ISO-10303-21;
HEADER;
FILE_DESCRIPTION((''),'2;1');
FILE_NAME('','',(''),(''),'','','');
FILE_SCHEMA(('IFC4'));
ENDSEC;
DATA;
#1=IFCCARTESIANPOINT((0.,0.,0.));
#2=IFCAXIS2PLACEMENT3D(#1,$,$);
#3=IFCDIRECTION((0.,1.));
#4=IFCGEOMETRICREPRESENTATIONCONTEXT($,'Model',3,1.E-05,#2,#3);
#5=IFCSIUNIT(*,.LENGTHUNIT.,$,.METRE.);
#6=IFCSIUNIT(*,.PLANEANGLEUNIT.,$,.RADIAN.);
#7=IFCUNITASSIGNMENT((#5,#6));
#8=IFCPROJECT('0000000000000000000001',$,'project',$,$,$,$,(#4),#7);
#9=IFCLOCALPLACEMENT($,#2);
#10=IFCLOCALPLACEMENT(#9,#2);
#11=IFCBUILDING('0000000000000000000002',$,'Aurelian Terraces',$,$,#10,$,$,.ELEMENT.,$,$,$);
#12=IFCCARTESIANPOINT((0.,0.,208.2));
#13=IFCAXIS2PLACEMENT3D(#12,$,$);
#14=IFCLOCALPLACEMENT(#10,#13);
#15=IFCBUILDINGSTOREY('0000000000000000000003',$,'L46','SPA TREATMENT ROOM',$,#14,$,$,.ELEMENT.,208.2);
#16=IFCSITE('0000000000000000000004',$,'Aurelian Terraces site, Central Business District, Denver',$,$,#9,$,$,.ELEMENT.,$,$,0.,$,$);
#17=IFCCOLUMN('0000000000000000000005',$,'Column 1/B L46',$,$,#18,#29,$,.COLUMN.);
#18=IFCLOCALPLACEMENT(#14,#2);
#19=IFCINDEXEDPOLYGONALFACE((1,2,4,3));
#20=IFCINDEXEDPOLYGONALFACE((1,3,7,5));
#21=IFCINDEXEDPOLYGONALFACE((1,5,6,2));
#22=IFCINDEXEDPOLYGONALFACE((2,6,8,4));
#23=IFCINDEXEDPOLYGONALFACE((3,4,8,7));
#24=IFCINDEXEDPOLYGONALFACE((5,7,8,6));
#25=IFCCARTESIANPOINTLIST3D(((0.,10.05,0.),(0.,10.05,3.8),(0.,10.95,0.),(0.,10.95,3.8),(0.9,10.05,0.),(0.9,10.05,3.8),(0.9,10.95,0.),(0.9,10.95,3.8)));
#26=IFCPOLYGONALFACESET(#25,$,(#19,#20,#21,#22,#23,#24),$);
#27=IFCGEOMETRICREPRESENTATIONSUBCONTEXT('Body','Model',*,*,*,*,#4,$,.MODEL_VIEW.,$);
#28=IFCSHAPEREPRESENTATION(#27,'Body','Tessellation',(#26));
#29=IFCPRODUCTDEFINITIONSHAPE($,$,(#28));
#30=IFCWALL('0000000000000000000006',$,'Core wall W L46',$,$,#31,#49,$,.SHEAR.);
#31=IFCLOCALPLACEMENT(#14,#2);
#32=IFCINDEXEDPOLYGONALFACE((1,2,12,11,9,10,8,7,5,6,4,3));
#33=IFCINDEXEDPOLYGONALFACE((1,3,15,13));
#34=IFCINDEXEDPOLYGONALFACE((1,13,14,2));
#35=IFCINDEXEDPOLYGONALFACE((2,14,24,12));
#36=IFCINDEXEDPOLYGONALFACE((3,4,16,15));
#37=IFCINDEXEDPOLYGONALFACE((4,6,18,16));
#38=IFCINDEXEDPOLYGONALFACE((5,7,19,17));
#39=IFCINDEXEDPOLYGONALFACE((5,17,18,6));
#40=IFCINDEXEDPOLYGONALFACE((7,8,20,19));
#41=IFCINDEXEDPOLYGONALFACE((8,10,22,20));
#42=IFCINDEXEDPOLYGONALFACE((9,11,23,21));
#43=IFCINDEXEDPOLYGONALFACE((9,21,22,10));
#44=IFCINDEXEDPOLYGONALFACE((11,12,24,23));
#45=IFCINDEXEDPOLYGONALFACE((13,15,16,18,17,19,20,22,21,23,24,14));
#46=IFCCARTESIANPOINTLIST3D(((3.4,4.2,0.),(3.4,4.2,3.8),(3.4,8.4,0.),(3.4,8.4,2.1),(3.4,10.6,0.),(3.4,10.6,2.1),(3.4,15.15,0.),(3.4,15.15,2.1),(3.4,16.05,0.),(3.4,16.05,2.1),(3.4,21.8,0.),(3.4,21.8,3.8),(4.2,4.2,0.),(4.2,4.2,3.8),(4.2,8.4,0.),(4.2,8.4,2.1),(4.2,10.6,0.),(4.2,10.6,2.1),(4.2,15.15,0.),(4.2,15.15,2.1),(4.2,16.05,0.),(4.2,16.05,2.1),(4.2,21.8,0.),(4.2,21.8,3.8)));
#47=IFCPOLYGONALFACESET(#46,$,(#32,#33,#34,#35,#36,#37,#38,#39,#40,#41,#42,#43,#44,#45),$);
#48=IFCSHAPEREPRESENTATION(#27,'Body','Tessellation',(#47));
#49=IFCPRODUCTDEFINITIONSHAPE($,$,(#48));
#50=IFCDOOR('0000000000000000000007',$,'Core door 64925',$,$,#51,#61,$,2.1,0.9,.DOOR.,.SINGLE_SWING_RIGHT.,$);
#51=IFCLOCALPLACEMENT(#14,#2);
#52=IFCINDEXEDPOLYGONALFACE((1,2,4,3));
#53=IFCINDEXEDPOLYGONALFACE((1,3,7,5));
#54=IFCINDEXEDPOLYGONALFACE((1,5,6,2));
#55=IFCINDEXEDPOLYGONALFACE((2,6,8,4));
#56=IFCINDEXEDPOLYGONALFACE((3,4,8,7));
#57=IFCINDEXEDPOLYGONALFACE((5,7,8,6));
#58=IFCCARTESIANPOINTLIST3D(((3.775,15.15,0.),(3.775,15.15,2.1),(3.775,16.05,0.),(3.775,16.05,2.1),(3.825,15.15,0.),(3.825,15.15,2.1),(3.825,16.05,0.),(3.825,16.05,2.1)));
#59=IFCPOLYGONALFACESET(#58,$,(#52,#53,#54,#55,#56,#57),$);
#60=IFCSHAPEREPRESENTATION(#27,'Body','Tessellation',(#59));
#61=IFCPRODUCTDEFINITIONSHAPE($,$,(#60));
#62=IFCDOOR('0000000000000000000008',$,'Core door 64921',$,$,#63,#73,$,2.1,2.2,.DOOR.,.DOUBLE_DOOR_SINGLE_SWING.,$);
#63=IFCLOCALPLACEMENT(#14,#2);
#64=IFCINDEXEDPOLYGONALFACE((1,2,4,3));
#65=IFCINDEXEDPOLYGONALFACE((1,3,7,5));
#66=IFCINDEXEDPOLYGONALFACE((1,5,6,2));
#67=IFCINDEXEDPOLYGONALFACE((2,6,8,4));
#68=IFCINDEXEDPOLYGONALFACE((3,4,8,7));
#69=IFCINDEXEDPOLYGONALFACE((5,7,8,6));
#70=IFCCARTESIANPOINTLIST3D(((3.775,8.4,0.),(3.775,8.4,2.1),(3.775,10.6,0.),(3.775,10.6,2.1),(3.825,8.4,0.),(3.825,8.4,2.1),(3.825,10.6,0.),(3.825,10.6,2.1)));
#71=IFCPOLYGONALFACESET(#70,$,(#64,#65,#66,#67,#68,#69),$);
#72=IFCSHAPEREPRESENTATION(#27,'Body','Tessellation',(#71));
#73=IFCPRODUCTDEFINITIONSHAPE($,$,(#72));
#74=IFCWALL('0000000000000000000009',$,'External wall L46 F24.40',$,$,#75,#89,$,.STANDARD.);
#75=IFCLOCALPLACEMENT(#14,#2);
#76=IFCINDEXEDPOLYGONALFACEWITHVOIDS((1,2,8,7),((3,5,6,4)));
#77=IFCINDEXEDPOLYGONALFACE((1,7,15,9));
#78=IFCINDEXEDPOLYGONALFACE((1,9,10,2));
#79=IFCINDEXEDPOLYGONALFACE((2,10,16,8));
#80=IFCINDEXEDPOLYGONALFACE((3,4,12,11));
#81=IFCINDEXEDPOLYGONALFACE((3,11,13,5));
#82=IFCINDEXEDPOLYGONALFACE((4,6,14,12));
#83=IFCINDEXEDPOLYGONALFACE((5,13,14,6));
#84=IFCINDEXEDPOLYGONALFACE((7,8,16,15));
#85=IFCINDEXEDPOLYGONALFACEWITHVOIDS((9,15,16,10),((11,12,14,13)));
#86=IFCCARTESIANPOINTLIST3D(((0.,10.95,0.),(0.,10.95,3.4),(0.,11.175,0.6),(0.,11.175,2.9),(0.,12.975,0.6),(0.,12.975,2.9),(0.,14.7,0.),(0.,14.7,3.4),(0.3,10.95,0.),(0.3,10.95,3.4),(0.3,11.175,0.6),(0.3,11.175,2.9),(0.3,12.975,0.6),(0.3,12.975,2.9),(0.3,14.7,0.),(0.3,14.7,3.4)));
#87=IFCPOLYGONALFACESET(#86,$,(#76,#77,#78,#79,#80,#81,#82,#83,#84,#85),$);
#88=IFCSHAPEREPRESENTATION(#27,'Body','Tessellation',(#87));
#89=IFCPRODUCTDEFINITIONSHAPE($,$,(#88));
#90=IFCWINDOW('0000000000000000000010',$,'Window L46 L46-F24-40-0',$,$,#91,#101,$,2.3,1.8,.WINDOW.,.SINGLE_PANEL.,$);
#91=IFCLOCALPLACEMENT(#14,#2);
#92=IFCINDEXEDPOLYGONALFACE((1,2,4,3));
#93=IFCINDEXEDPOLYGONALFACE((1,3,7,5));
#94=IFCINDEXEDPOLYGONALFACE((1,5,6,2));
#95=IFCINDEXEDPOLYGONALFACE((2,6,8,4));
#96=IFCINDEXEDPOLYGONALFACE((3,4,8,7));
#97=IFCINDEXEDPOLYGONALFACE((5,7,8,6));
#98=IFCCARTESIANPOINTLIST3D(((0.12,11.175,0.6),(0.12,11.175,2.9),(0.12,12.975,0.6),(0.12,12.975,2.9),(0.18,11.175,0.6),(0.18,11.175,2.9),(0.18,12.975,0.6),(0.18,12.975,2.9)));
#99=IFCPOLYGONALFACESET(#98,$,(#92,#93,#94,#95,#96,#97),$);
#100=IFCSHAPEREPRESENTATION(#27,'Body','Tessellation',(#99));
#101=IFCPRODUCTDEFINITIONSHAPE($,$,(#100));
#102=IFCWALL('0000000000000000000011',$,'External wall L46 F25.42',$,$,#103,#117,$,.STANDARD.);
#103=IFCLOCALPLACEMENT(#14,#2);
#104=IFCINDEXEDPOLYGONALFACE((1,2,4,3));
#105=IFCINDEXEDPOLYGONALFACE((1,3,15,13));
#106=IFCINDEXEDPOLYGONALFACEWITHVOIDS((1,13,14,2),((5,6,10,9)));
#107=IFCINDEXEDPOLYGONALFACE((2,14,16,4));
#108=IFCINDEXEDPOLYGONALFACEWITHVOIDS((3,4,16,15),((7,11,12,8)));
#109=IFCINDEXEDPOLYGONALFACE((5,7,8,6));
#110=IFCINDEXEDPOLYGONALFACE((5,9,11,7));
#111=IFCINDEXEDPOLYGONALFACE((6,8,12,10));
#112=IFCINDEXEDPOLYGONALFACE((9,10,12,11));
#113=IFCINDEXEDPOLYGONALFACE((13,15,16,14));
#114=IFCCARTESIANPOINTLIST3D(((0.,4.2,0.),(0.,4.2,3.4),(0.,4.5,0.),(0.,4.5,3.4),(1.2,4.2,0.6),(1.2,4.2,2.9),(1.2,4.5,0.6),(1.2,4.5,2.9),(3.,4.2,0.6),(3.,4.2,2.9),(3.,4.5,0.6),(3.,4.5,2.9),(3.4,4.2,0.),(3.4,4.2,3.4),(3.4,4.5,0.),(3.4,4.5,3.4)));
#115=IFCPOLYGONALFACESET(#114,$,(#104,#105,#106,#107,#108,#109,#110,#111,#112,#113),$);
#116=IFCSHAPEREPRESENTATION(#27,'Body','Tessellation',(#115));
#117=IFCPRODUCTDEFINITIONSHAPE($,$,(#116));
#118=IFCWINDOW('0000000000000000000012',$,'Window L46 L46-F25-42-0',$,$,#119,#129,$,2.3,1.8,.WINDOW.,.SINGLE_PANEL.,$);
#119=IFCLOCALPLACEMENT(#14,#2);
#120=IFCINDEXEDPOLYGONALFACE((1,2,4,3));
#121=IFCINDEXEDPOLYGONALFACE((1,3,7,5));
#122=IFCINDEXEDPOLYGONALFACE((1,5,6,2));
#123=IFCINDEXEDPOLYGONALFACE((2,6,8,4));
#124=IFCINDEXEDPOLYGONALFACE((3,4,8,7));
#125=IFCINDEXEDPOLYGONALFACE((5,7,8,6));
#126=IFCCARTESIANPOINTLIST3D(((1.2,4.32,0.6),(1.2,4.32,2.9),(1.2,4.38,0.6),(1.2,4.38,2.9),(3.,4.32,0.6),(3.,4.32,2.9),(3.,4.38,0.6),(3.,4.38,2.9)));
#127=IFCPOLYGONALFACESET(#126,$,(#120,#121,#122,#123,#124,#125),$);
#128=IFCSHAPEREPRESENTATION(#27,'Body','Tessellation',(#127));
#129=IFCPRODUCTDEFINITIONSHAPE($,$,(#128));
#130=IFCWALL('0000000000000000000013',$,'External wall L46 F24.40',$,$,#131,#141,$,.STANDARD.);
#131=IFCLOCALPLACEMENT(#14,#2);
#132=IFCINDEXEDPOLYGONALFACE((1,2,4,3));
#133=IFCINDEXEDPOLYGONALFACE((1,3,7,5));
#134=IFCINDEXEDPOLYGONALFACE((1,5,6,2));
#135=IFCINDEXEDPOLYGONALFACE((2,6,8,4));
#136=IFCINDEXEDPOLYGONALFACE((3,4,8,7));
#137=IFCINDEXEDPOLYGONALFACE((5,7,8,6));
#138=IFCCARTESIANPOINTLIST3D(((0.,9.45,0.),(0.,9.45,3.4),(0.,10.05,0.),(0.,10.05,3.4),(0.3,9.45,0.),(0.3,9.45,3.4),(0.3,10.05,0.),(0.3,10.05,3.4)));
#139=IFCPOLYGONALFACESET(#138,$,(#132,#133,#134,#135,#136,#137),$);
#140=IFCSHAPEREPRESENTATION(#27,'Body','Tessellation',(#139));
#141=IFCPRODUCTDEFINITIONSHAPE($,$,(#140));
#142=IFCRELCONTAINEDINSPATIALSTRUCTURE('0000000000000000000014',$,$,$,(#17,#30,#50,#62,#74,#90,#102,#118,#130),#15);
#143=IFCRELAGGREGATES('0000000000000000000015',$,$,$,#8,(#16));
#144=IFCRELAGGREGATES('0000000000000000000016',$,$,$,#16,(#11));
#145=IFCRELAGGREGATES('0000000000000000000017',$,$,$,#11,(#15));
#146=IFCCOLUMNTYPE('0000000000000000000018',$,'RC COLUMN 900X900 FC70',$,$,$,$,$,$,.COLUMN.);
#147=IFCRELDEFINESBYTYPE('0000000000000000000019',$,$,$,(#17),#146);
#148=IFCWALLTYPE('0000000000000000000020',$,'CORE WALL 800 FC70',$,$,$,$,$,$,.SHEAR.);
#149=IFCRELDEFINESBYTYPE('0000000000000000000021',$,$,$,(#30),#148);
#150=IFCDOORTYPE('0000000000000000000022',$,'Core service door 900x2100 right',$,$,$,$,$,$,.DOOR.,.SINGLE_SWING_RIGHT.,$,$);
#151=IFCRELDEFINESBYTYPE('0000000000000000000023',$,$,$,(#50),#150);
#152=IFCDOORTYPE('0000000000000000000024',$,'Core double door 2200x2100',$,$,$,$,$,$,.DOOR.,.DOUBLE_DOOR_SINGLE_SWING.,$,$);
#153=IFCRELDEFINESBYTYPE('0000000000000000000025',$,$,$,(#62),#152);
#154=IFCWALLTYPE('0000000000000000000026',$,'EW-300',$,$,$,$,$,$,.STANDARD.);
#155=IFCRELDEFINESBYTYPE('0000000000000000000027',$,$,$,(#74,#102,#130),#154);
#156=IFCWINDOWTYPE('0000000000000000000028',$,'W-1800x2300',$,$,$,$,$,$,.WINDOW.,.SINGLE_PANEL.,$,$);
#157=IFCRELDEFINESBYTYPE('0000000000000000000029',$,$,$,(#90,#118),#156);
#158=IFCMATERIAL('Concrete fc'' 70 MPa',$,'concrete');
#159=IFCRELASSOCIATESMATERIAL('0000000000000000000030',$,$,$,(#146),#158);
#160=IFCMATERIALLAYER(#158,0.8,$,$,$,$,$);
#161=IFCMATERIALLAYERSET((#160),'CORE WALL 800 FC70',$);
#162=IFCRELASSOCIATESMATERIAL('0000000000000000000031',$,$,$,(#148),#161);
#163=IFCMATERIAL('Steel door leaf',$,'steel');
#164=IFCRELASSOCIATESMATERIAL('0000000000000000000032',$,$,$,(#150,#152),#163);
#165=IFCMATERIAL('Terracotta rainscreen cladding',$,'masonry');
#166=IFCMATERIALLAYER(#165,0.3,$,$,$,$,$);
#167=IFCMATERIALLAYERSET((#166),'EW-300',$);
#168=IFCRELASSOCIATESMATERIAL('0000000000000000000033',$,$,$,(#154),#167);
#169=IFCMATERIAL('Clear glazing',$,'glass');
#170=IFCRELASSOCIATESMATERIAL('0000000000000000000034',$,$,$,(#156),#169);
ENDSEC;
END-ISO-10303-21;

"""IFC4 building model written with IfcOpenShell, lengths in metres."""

from ifc_helpers import new_model, si_unit, direction, frame, frame_2d, origin, origin_2d, place, context, subcontext, project, spatial, rectangle, extrude, source, transform, mapped, material, layer, layer_set, material_profile, profile_set, type_object, element, fill, save


model = new_model("IFC4")

# Units and contexts
model_context = context("Model", 3, precision=1e-05, world=origin(), true_north=direction((0.0, 1.0)))
body_context = subcontext(model_context, "Body", "Model", "MODEL_VIEW")
ifc_project = project(units=[si_unit("LENGTHUNIT", "METRE"), si_unit("PLANEANGLEUNIT", "RADIAN")], contexts=[model_context])

# Site, building, storey
site_placement = place(None, origin())
site = spatial("IfcSite", under=ifc_project, at=site_placement, Name="Aurelian Terraces site, Central Business District, Denver", CompositionType="ELEMENT", RefElevation=0.0)
building_placement = place(site_placement, origin())
building = spatial("IfcBuilding", under=site, at=building_placement, Name="Aurelian Terraces", CompositionType="ELEMENT")
storey_placement = place(building_placement, frame((0.0, 0.0, 208.2)))
storey = spatial("IfcBuildingStorey", under=building, at=storey_placement, Name="L46", Description="SPA TREATMENT ROOM", CompositionType="ELEMENT", Elevation=208.2)

# Column
ifc_material_1 = material(Name="Concrete fc' 70 MPa", Category="concrete")
ifc_material_profile = material_profile(ifc_material_1, rectangle(XDim=0.9, YDim=0.9, at=origin_2d()))
ifc_profile_set = profile_set([ifc_material_profile], Name="Concrete fc' 70 MPa")
column_type = type_object("IfcColumnType", Name="RC COLUMN 900X900 FC70", PredefinedType="COLUMN", material=ifc_profile_set)
shared_shape_1 = source(origin(), body_context, "Body", "SweptSolid", [
    extrude(rectangle(XDim=0.9, YDim=0.9, at=origin_2d()), origin(), (0.0, 0.0, 1.0), 3.8),
])
column_placement = place(storey_placement, frame((0.45, 10.5, 0.0), z_axis=(0.0, 0.0, 1.0), x_axis=(1.0, 0.0, 0.0)))
element("IfcColumn", 1, at=column_placement, inside=storey, type_object=column_type, Name="Column 1/B L46", PredefinedType="COLUMN", context=body_context, shape_type="MappedRepresentation", body=[
    mapped(shared_shape_1, transform((0.0, 0.0, 0.0), scale=1.0)),
])

# Wall, openings, doors
ifc_layer_1 = layer(ifc_material_1, 0.8)
ifc_layer_set_1 = layer_set([ifc_layer_1], Name="CORE WALL 800 FC70")
wall_type_1 = type_object("IfcWallType", Name="CORE WALL 800 FC70", PredefinedType="SHEAR", material=ifc_layer_set_1)
shared_shape_2 = source(origin(), body_context, "Body", "SweptSolid", [
    extrude(rectangle(XDim=17.6, YDim=0.8, at=frame_2d((8.8, 0.0))), origin(), (0.0, 0.0, 1.0), 3.8),
])
wall_1_placement = place(storey_placement, frame((3.8, 4.2, 0.0), z_axis=(0.0, 0.0, 1.0), x_axis=(0.0, 1.0, 0.0)))
wall_1 = element("IfcWall", 2, at=wall_1_placement, inside=storey, type_object=wall_type_1, Name="Core wall W L46", PredefinedType="SHEAR", context=body_context, shape_type="MappedRepresentation", body=[
    mapped(shared_shape_2, transform((0.0, 0.0, 0.0), scale=1.0)),
])
shared_shape_3 = source(origin(), body_context, "Body", "SweptSolid", [
    extrude(rectangle(XDim=2.2, YDim=2.1, at=frame_2d((1.1, 1.05))), frame((0.0, 0.41, 0.0), z_axis=(0.0, -1.0, 0.0), x_axis=(1.0, 0.0, 0.0)), (0.0, 0.0, 1.0), 0.82),
])
opening_1_placement = place(wall_1_placement, frame((4.2, 0.0, 0.0)))
opening_1 = element("IfcOpeningElement", 3, at=opening_1_placement, cuts=wall_1, PredefinedType="OPENING", context=body_context, shape_type="MappedRepresentation", body=[
    mapped(shared_shape_3, transform((0.0, 0.0, 0.0), scale=1.0)),
])
shared_shape_4 = source(origin(), body_context, "Body", "SweptSolid", [
    extrude(rectangle(XDim=0.9, YDim=2.1, at=frame_2d((0.45, 1.05))), frame((0.0, 0.41, 0.0), z_axis=(0.0, -1.0, 0.0), x_axis=(1.0, 0.0, 0.0)), (0.0, 0.0, 1.0), 0.82),
])
opening_2_placement = place(wall_1_placement, frame((10.95, 0.0, 0.0)))
opening_2 = element("IfcOpeningElement", 4, at=opening_2_placement, cuts=wall_1, PredefinedType="OPENING", context=body_context, shape_type="MappedRepresentation", body=[
    mapped(shared_shape_4, transform((0.0, 0.0, 0.0), scale=1.0)),
])
ifc_material_2 = material(Name="Steel door leaf", Category="steel")
door_type_1 = type_object("IfcDoorType", Name="Core service door 900x2100 right", OperationType="SINGLE_SWING_RIGHT", PredefinedType="DOOR", material=ifc_material_2)
shared_shape_5 = source(origin(), body_context, "Body", "SweptSolid", [
    extrude(rectangle(XDim=0.9, YDim=2.1, at=frame_2d((0.45, 1.05))), frame((0.0, 0.025, 0.0), z_axis=(0.0, -1.0, 0.0), x_axis=(1.0, 0.0, 0.0)), (0.0, 0.0, 1.0), 0.05),
])
door_1_placement = place(opening_2_placement, origin())
door_1 = element("IfcDoor", 5, at=door_1_placement, inside=storey, type_object=door_type_1, Name="Core door 64925", OperationType="SINGLE_SWING_RIGHT", OverallHeight=2.1, OverallWidth=0.9, PredefinedType="DOOR", context=body_context, shape_type="MappedRepresentation", body=[
    mapped(shared_shape_5, transform((0.0, 0.0, 0.0), scale=1.0)),
])
fill(opening_2, door_1)
door_type_2 = type_object("IfcDoorType", Name="Core double door 2200x2100", OperationType="DOUBLE_DOOR_SINGLE_SWING", PredefinedType="DOOR", material=ifc_material_2)
shared_shape_6 = source(origin(), body_context, "Body", "SweptSolid", [
    extrude(rectangle(XDim=2.2, YDim=2.1, at=frame_2d((1.1, 1.05))), frame((0.0, 0.025, 0.0), z_axis=(0.0, -1.0, 0.0), x_axis=(1.0, 0.0, 0.0)), (0.0, 0.0, 1.0), 0.05),
])
door_2_placement = place(opening_1_placement, origin())
door_2 = element("IfcDoor", 6, at=door_2_placement, inside=storey, type_object=door_type_2, Name="Core door 64921", OperationType="DOUBLE_DOOR_SINGLE_SWING", OverallHeight=2.1, OverallWidth=2.2, PredefinedType="DOOR", context=body_context, shape_type="MappedRepresentation", body=[
    mapped(shared_shape_6, transform((0.0, 0.0, 0.0), scale=1.0)),
])
fill(opening_1, door_2)

# Walls, openings, windows
ifc_material_3 = material(Name="Terracotta rainscreen cladding", Category="masonry")
ifc_layer_2 = layer(ifc_material_3, 0.3)
ifc_layer_set_2 = layer_set([ifc_layer_2], Name="EW-300")
wall_type_2 = type_object("IfcWallType", Name="EW-300", PredefinedType="STANDARD", material=ifc_layer_set_2)
shared_shape_7 = source(origin(), body_context, "Body", "SweptSolid", [
    extrude(rectangle(XDim=3.75, YDim=0.3, at=frame_2d((1.875, 0.0))), origin(), (0.0, 0.0, 1.0), 3.4),
])
wall_2_placement = place(storey_placement, frame((0.15, 14.7, 0.0), z_axis=(0.0, 0.0, 1.0), x_axis=(0.0, -1.0, 0.0)))
wall_2 = element("IfcWall", 7, at=wall_2_placement, inside=storey, type_object=wall_type_2, Name="External wall L46 F24.40", PredefinedType="STANDARD", context=body_context, shape_type="MappedRepresentation", body=[
    mapped(shared_shape_7, transform((0.0, 0.0, 0.0), scale=1.0)),
])
shared_shape_8 = source(origin(), body_context, "Body", "SweptSolid", [
    extrude(rectangle(XDim=1.8, YDim=2.3, at=frame_2d((0.9, 1.15))), frame((0.0, 0.16, 0.0), z_axis=(0.0, -1.0, 0.0), x_axis=(1.0, 0.0, 0.0)), (0.0, 0.0, 1.0), 0.32),
])
opening_3_placement = place(wall_2_placement, frame((1.725, 0.0, 0.6)))
opening_3 = element("IfcOpeningElement", 8, at=opening_3_placement, cuts=wall_2, PredefinedType="OPENING", context=body_context, shape_type="MappedRepresentation", body=[
    mapped(shared_shape_8, transform((0.0, 0.0, 0.0), scale=1.0)),
])
ifc_material_4 = material(Name="Clear glazing", Category="glass")
window_type = type_object("IfcWindowType", Name="W-1800x2300", PartitioningType="SINGLE_PANEL", PredefinedType="WINDOW", material=ifc_material_4)
shared_shape_9 = source(origin(), body_context, "Body", "SweptSolid", [
    extrude(rectangle(XDim=1.8, YDim=2.3, at=frame_2d((0.9, 1.15))), frame((0.0, 0.03, 0.0), z_axis=(0.0, -1.0, 0.0), x_axis=(1.0, 0.0, 0.0)), (0.0, 0.0, 1.0), 0.06),
])
window_1_placement = place(opening_3_placement, origin())
window_1 = element("IfcWindow", 9, at=window_1_placement, inside=storey, type_object=window_type, Name="Window L46 L46-F24-40-0", OverallHeight=2.3, OverallWidth=1.8, PartitioningType="SINGLE_PANEL", PredefinedType="WINDOW", context=body_context, shape_type="MappedRepresentation", body=[
    mapped(shared_shape_9, transform((0.0, 0.0, 0.0), scale=1.0)),
])
fill(opening_3, window_1)
shared_shape_10 = source(origin(), body_context, "Body", "SweptSolid", [
    extrude(rectangle(XDim=3.4, YDim=0.3, at=frame_2d((1.7, 0.0))), origin(), (0.0, 0.0, 1.0), 3.4),
])
wall_3_placement = place(storey_placement, frame((0.0, 4.35, 0.0), z_axis=(0.0, 0.0, 1.0), x_axis=(1.0, 0.0, 0.0)))
wall_3 = element("IfcWall", 10, at=wall_3_placement, inside=storey, type_object=wall_type_2, Name="External wall L46 F25.42", PredefinedType="STANDARD", context=body_context, shape_type="MappedRepresentation", body=[
    mapped(shared_shape_10, transform((0.0, 0.0, 0.0), scale=1.0)),
])
opening_4_placement = place(wall_3_placement, frame((1.2, 0.0, 0.6)))
opening_4 = element("IfcOpeningElement", 11, at=opening_4_placement, cuts=wall_3, PredefinedType="OPENING", context=body_context, shape_type="MappedRepresentation", body=[
    mapped(shared_shape_8, transform((0.0, 0.0, 0.0), scale=1.0)),
])
window_2_placement = place(opening_4_placement, origin())
window_2 = element("IfcWindow", 12, at=window_2_placement, inside=storey, type_object=window_type, Name="Window L46 L46-F25-42-0", OverallHeight=2.3, OverallWidth=1.8, PartitioningType="SINGLE_PANEL", PredefinedType="WINDOW", context=body_context, shape_type="MappedRepresentation", body=[
    mapped(shared_shape_9, transform((0.0, 0.0, 0.0), scale=1.0)),
])
fill(opening_4, window_2)

# Wall
shared_shape_11 = source(origin(), body_context, "Body", "SweptSolid", [
    extrude(rectangle(XDim=0.6, YDim=0.3, at=frame_2d((0.3, 0.0))), origin(), (0.0, 0.0, 1.0), 3.4),
])
wall_4_placement = place(storey_placement, frame((0.15, 10.05, 0.0), z_axis=(0.0, 0.0, 1.0), x_axis=(0.0, -1.0, 0.0)))
element("IfcWall", 13, at=wall_4_placement, inside=storey, type_object=wall_type_2, Name="External wall L46 F24.40", PredefinedType="STANDARD", context=body_context, shape_type="MappedRepresentation", body=[
    mapped(shared_shape_11, transform((0.0, 0.0, 0.0), scale=1.0)),
])

save(model, "model.ifc")
